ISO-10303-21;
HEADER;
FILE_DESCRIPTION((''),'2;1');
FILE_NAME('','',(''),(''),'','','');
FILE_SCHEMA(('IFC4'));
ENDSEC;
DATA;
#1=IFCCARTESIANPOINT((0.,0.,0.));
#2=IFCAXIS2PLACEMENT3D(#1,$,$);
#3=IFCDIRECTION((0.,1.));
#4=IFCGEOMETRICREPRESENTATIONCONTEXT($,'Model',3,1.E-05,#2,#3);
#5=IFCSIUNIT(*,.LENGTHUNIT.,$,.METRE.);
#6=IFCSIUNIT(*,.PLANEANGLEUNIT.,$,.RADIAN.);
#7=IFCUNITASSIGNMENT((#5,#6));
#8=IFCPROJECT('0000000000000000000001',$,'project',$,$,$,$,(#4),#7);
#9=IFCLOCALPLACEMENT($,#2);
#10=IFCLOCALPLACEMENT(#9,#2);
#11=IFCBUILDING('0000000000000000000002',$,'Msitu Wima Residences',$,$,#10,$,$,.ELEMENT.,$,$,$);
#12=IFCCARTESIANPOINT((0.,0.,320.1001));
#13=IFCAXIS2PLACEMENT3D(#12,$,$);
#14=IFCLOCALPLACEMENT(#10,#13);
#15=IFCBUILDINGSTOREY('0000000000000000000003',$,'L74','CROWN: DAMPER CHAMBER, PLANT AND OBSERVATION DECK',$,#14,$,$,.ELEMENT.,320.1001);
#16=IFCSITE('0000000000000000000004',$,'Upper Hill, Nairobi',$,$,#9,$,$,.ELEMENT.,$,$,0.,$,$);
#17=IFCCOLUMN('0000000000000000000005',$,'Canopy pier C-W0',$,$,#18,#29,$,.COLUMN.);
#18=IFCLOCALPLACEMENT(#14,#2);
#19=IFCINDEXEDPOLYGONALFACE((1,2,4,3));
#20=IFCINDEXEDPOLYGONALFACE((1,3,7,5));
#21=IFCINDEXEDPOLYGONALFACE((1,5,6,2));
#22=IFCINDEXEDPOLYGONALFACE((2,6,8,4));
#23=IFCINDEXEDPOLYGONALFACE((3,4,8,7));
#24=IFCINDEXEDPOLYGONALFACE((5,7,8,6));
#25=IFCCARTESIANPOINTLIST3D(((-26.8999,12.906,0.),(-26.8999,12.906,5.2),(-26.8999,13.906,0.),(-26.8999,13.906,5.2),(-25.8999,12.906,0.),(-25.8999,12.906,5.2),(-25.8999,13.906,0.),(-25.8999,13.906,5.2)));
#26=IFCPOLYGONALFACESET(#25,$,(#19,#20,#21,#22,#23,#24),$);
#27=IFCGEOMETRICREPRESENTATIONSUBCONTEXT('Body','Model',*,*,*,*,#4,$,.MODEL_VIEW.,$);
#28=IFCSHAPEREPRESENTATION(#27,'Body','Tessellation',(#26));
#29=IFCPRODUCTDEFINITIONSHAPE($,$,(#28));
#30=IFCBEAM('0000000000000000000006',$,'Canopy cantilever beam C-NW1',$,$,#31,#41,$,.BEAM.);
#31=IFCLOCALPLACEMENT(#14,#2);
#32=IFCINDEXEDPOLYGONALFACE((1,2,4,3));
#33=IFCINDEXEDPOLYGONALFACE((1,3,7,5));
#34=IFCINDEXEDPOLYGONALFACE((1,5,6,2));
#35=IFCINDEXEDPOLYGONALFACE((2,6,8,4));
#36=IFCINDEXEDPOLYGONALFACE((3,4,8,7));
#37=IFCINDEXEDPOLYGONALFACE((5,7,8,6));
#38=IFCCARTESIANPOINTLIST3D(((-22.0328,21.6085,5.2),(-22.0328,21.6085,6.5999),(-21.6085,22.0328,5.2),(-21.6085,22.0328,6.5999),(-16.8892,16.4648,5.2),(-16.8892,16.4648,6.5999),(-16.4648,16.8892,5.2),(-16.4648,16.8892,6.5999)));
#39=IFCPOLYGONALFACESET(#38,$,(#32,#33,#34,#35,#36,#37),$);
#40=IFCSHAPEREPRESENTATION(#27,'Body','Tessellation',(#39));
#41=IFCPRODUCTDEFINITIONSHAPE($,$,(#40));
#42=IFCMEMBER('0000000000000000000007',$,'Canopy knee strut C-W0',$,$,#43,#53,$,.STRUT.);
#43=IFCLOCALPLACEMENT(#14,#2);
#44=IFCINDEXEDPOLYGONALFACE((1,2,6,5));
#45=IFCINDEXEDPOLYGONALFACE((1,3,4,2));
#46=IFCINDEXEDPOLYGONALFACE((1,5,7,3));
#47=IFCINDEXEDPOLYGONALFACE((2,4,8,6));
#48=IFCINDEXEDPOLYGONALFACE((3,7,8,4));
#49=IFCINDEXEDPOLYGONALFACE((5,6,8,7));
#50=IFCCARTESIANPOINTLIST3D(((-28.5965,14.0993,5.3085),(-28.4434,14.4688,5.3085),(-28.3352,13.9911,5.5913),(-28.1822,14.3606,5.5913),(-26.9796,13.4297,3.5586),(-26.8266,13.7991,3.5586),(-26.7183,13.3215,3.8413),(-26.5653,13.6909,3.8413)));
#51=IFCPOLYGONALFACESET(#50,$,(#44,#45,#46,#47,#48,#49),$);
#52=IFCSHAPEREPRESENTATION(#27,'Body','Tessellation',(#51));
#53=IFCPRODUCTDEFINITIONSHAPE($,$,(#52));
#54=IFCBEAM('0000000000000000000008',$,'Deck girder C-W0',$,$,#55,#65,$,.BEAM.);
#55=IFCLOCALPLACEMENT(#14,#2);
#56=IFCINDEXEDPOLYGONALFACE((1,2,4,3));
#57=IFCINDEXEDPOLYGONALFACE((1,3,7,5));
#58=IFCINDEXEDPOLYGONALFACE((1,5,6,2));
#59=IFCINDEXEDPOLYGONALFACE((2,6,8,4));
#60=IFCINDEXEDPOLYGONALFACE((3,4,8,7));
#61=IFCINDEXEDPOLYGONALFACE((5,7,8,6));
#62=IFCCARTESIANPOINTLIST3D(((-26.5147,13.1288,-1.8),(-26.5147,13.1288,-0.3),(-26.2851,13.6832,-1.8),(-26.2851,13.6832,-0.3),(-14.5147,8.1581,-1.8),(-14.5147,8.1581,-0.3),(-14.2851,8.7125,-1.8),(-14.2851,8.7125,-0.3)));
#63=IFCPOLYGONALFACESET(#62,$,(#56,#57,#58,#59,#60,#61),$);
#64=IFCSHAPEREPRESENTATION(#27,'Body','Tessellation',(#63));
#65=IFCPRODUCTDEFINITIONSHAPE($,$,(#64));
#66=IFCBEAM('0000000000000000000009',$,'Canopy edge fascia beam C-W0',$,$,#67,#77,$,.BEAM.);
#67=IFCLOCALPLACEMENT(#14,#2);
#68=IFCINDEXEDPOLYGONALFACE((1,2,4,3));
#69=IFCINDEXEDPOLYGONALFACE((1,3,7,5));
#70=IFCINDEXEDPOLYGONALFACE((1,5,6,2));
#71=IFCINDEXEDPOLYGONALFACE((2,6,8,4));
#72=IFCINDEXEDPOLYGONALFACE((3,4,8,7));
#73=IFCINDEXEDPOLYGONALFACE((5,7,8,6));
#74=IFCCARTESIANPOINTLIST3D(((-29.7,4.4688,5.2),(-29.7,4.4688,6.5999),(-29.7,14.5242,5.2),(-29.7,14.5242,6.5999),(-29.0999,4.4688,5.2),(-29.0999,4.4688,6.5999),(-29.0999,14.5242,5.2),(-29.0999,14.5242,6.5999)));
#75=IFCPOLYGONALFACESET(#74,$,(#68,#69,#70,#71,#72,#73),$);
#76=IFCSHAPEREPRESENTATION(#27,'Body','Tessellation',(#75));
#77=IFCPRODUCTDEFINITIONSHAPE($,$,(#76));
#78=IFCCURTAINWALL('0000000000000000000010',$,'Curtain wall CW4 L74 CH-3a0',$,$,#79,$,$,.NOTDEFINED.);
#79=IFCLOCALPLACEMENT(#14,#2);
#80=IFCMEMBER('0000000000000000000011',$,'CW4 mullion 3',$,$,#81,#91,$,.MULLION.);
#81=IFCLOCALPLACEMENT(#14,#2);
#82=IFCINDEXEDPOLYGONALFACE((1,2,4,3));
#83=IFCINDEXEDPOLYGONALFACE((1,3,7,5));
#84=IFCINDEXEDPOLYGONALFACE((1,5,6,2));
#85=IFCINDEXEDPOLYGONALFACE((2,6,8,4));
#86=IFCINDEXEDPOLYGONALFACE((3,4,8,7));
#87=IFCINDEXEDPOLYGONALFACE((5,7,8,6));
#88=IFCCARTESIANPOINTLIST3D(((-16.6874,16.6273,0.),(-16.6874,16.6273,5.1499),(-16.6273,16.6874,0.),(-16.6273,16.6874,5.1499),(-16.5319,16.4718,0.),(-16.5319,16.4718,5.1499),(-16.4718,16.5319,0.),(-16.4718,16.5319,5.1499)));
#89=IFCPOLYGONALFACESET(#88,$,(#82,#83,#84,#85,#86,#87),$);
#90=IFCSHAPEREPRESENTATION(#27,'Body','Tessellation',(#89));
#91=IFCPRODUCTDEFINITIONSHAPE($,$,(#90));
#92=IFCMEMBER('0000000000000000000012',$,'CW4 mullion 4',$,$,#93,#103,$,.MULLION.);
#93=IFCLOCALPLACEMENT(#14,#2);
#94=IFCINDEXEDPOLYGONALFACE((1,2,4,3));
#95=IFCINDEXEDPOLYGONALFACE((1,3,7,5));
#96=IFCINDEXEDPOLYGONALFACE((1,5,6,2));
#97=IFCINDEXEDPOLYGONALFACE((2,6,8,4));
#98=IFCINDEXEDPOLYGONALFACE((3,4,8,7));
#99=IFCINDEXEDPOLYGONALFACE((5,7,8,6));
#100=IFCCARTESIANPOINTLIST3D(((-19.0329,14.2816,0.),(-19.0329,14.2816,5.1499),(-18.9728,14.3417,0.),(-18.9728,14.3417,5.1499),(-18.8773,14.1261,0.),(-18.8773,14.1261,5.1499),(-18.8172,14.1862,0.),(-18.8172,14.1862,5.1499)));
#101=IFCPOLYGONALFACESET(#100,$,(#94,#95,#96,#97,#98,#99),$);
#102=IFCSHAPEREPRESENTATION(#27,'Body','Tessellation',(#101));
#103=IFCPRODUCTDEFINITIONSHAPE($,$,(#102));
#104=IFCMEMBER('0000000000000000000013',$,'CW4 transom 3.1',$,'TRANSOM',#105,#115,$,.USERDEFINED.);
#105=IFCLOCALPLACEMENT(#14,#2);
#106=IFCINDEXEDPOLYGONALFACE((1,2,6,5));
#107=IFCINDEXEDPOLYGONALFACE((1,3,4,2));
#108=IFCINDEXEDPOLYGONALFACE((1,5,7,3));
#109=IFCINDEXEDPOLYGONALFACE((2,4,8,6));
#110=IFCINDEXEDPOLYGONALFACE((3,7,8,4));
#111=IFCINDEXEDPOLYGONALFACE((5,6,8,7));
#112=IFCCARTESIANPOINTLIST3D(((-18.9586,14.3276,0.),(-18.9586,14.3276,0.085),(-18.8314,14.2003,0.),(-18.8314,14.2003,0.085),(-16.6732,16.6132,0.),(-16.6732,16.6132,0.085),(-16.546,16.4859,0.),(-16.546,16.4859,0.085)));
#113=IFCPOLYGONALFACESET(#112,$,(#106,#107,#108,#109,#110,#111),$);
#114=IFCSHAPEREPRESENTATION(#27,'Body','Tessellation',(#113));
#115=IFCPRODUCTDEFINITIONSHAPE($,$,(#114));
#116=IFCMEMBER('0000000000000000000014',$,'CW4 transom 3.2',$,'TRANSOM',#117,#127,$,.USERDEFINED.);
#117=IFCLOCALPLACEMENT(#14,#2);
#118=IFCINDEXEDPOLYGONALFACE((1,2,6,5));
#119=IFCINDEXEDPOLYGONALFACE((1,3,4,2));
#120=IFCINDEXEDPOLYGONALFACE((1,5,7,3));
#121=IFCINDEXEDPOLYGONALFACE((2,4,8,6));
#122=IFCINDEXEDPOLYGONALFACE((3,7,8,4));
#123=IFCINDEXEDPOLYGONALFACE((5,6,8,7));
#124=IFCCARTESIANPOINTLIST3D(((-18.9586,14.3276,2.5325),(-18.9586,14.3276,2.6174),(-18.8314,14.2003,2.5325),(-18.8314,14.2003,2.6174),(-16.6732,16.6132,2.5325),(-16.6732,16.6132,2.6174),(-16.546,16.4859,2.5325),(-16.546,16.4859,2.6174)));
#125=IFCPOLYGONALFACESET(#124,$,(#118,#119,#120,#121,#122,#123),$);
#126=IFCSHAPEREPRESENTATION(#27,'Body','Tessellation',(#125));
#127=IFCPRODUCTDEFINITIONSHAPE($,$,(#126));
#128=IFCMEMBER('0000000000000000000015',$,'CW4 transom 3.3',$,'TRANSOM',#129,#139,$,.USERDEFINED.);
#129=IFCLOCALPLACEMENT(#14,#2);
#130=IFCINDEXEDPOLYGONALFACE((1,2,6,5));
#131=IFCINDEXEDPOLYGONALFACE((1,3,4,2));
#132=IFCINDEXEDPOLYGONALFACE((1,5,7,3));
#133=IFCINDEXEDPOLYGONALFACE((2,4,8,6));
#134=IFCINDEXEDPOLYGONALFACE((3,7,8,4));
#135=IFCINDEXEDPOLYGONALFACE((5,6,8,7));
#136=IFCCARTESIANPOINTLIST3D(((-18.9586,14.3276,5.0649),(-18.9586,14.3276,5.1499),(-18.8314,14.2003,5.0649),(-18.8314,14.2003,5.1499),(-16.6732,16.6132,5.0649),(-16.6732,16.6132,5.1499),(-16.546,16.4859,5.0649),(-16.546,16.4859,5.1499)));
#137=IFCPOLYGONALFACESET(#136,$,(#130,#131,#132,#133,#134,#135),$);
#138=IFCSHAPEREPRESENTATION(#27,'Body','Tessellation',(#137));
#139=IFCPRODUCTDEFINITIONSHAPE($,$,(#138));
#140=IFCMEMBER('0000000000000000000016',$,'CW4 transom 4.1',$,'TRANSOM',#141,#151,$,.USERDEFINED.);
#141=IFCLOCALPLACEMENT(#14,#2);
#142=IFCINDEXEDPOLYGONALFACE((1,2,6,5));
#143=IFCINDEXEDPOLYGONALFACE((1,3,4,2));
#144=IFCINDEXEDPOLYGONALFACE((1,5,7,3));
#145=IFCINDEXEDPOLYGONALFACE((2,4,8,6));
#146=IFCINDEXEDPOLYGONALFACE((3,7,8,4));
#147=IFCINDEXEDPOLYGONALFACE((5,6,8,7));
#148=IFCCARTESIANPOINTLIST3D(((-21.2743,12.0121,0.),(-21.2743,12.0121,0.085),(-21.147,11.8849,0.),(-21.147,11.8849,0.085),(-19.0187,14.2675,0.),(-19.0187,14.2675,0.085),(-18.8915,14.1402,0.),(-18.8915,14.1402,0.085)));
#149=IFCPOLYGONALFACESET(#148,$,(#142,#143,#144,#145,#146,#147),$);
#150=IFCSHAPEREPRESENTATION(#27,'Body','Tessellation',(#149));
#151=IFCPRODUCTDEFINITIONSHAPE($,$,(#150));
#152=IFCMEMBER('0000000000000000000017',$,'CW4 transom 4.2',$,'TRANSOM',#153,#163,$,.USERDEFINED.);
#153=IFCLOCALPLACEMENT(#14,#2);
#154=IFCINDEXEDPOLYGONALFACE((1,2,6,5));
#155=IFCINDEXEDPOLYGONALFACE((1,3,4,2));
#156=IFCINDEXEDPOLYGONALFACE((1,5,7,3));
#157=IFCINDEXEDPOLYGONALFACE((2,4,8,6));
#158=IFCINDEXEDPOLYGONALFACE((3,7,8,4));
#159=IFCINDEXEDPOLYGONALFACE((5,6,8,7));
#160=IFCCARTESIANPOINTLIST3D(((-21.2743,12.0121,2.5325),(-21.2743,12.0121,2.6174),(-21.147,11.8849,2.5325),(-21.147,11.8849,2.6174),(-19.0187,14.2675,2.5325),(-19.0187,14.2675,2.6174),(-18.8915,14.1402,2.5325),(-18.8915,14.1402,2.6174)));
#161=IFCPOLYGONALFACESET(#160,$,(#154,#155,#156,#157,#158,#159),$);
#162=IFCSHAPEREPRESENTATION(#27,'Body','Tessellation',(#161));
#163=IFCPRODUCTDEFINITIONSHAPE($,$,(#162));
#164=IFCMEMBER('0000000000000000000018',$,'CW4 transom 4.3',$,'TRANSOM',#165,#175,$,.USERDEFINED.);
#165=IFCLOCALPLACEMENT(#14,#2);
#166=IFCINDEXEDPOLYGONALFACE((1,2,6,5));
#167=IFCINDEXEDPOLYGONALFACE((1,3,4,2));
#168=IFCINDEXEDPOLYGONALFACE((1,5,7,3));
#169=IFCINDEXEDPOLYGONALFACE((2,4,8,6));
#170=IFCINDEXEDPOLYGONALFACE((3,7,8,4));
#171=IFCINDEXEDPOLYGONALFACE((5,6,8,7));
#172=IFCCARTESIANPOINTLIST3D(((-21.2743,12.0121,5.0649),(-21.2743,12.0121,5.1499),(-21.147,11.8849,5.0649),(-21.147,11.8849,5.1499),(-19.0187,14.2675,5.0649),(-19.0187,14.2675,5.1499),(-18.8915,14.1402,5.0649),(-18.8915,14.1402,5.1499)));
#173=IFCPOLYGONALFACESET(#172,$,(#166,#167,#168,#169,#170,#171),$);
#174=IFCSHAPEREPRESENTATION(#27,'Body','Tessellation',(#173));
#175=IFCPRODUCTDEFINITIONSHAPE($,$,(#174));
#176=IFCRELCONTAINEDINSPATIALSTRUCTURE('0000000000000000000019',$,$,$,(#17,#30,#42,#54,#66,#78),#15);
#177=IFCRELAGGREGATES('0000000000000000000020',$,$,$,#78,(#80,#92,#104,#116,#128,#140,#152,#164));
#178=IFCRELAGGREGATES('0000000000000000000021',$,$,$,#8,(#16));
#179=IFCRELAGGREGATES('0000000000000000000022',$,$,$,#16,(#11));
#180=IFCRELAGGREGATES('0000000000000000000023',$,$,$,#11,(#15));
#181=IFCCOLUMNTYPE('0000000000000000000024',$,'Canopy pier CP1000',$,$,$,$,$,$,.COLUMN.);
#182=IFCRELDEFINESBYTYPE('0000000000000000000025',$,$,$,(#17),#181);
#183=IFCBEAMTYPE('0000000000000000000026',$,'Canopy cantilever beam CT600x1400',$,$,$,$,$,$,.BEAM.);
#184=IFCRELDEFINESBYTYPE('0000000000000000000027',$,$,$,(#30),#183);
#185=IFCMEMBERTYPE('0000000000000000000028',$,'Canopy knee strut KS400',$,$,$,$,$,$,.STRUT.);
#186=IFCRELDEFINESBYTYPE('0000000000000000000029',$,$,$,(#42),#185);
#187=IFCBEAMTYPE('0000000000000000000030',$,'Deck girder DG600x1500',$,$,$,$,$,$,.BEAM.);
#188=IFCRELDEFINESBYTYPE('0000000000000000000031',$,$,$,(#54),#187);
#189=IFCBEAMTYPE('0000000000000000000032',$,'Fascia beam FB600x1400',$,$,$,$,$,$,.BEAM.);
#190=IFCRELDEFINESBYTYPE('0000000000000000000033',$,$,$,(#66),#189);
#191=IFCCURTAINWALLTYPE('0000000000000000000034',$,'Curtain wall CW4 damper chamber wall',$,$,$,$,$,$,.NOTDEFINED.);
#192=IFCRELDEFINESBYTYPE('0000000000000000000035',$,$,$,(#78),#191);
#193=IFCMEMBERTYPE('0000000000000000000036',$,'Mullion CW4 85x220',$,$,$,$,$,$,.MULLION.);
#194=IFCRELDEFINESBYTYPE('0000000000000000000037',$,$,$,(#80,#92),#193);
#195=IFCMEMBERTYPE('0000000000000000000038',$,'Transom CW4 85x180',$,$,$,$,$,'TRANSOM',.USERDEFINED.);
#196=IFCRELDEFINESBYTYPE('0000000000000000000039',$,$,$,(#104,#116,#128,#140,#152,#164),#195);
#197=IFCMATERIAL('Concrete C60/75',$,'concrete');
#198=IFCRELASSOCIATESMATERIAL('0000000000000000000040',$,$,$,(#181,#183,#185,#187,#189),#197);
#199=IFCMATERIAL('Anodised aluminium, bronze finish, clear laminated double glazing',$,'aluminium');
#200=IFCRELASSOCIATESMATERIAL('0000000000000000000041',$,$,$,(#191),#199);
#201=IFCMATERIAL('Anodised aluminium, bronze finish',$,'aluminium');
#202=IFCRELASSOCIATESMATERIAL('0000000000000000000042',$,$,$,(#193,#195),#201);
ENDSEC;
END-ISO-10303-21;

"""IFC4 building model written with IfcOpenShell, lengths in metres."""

from ifc_helpers import new_model, si_unit, direction, frame, origin, origin_2d, place, context, subcontext, project, spatial, rectangle, extrude, material, material_profile, profile_set, type_object, element, aggregate, save


model = new_model("IFC4")

# Units and contexts
model_context = context("Model", 3, precision=1e-05, world=origin(), true_north=direction((0.0, 1.0)))
body_context = subcontext(model_context, "Body", "Model", "MODEL_VIEW")
ifc_project = project(units=[si_unit("LENGTHUNIT", "METRE"), si_unit("PLANEANGLEUNIT", "RADIAN")], contexts=[model_context])

# Site, building, storey
site_placement = place(None, origin())
site = spatial("IfcSite", under=ifc_project, at=site_placement, Name="Upper Hill, Nairobi", CompositionType="ELEMENT", RefElevation=0.0)
building_placement = place(site_placement, origin())
building = spatial("IfcBuilding", under=site, at=building_placement, Name="Msitu Wima Residences", CompositionType="ELEMENT")
storey_placement = place(building_placement, frame((0.0, 0.0, 320.1001)))
storey = spatial("IfcBuildingStorey", under=building, at=storey_placement, Name="L74", Description="CROWN: DAMPER CHAMBER, PLANT AND OBSERVATION DECK", CompositionType="ELEMENT", Elevation=320.1001)

# Column
ifc_material_1 = material(Name="Concrete C60/75", Category="concrete")
ifc_material_profile_1 = material_profile(ifc_material_1, rectangle(XDim=1.0, YDim=1.0, at=origin_2d()), Name="RC 1000x1000")
ifc_profile_set_1 = profile_set([ifc_material_profile_1], Name="Concrete C60/75")
column_type = type_object("IfcColumnType", Name="Canopy pier CP1000", PredefinedType="COLUMN", material=ifc_profile_set_1)
column_placement = place(storey_placement, frame((-26.3999, 13.406, 0.0), z_axis=(0.0, 0.0, 1.0), x_axis=(1.0, 0.0, 0.0)))
element("IfcColumn", 1, at=column_placement, inside=storey, type_object=column_type, Name="Canopy pier C-W0", PredefinedType="COLUMN", context=body_context, shape_type="SweptSolid", body=[
    extrude(rectangle(XDim=1.0, YDim=1.0, at=origin_2d()), origin(), (0.0, 0.0, 1.0), 5.2),
])

# Beam
ifc_material_profile_2 = material_profile(ifc_material_1, rectangle(XDim=0.6001, YDim=1.3999, at=origin_2d()), Name="RC 600x1400")
ifc_profile_set_2 = profile_set([ifc_material_profile_2], Name="Concrete C60/75")
beam_type_1 = type_object("IfcBeamType", Name="Canopy cantilever beam CT600x1400", PredefinedType="BEAM", material=ifc_profile_set_2)
beam_1_placement = place(storey_placement, frame((-16.677, 16.677, 5.8999), z_axis=(-0.707107, 0.707107, 0.0), x_axis=(-0.707107, -0.707107, 0.0)))
element("IfcBeam", 2, at=beam_1_placement, inside=storey, type_object=beam_type_1, Name="Canopy cantilever beam C-NW1", PredefinedType="BEAM", context=body_context, shape_type="SweptSolid", body=[
    extrude(rectangle(XDim=0.6001, YDim=1.3999, at=origin_2d()), origin(), (0.0, 0.0, 1.0), 7.2742),
])

# Member
ifc_material_profile_3 = material_profile(ifc_material_1, rectangle(XDim=0.3999, YDim=0.3999, at=origin_2d()), Name="RC 400x400")
ifc_profile_set_3 = profile_set([ifc_material_profile_3], Name="Concrete C60/75")
member_type_1 = type_object("IfcMemberType", Name="Canopy knee strut KS400", PredefinedType="STRUT", material=ifc_profile_set_3)
member_1_placement = place(storey_placement, frame((-26.7725, 13.5603, 3.7), z_axis=(-0.653318, 0.27058, 0.707079), x_axis=(-0.382643, -0.923896, 0.0)))
element("IfcMember", 3, at=member_1_placement, inside=storey, type_object=member_type_1, Name="Canopy knee strut C-W0", PredefinedType="STRUT", context=body_context, shape_type="SweptSolid", body=[
    extrude(rectangle(XDim=0.3999, YDim=0.3999, at=origin_2d()), origin(), (0.0, 0.0, 1.0), 2.4749),
])

# Beams
ifc_material_profile_4 = material_profile(ifc_material_1, rectangle(XDim=0.6001, YDim=1.5, at=origin_2d()), Name="RC 600x1500")
ifc_profile_set_4 = profile_set([ifc_material_profile_4], Name="Concrete C60/75")
beam_type_2 = type_object("IfcBeamType", Name="Deck girder DG600x1500", PredefinedType="BEAM", material=ifc_profile_set_4)
beam_2_placement = place(storey_placement, frame((-26.3999, 13.406, -1.05), z_axis=(0.923876, -0.382693, 0.0), x_axis=(0.382693, 0.923876, 0.0)))
element("IfcBeam", 4, at=beam_2_placement, inside=storey, type_object=beam_type_2, Name="Deck girder C-W0", PredefinedType="BEAM", context=body_context, shape_type="SweptSolid", body=[
    extrude(rectangle(XDim=0.6001, YDim=1.5, at=origin_2d()), origin(), (0.0, 0.0, 1.0), 12.9888),
])
ifc_material_profile_5 = material_profile(ifc_material_1, rectangle(XDim=0.6001, YDim=1.3999, at=origin_2d()), Name="RC 600x1400")
ifc_profile_set_5 = profile_set([ifc_material_profile_5], Name="Concrete C60/75")
beam_type_3 = type_object("IfcBeamType", Name="Fascia beam FB600x1400", PredefinedType="BEAM", material=ifc_profile_set_5)
beam_3_placement = place(storey_placement, frame((-29.3999, 14.5242, 5.8999), z_axis=(0.0, -1.0, 0.0), x_axis=(1.0, 0.0, 0.0)))
element("IfcBeam", 5, at=beam_3_placement, inside=storey, type_object=beam_type_3, Name="Canopy edge fascia beam C-W0", PredefinedType="BEAM", context=body_context, shape_type="SweptSolid", body=[
    extrude(rectangle(XDim=0.6001, YDim=1.3999, at=origin_2d()), origin(), (0.0, 0.0, 1.0), 10.0554),
])

# Curtain wall, members
ifc_material_2 = material(Name="Anodised aluminium, bronze finish, clear laminated double glazing", Category="aluminium")
curtain_wall_type = type_object("IfcCurtainWallType", Name="Curtain wall CW4 damper chamber wall", PredefinedType="NOTDEFINED", material=ifc_material_2)
curtain_wall_placement = place(storey_placement, origin())
curtain_wall = element("IfcCurtainWall", 6, at=curtain_wall_placement, inside=storey, type_object=curtain_wall_type, Name="Curtain wall CW4 L74 CH-3a0", PredefinedType="NOTDEFINED")
ifc_material_3 = material(Name="Anodised aluminium, bronze finish", Category="aluminium")
ifc_material_profile_6 = material_profile(ifc_material_3, rectangle(XDim=0.22, YDim=0.085, at=origin_2d()), Name="Mullion 85x220")
ifc_profile_set_6 = profile_set([ifc_material_profile_6], Name="Anodised aluminium, bronze finish")
member_type_2 = type_object("IfcMemberType", Name="Mullion CW4 85x220", PredefinedType="MULLION", material=ifc_profile_set_6)
member_2_placement = place(storey_placement, frame((-16.5796, 16.5796, 0.0), z_axis=(0.0, 0.0, 1.0), x_axis=(0.707107, -0.707107, 0.0)))
member_2 = element("IfcMember", 7, at=member_2_placement, type_object=member_type_2, Name="CW4 mullion 3", PredefinedType="MULLION", context=body_context, shape_type="SweptSolid", body=[
    extrude(rectangle(XDim=0.22, YDim=0.085, at=origin_2d()), origin(), (0.0, 0.0, 1.0), 5.1499),
])
member_3_placement = place(storey_placement, frame((-18.925, 14.2339, 0.0), z_axis=(0.0, 0.0, 1.0), x_axis=(0.707107, -0.707107, 0.0)))
member_3 = element("IfcMember", 8, at=member_3_placement, type_object=member_type_2, Name="CW4 mullion 4", PredefinedType="MULLION", context=body_context, shape_type="SweptSolid", body=[
    extrude(rectangle(XDim=0.22, YDim=0.085, at=origin_2d()), origin(), (0.0, 0.0, 1.0), 5.1499),
])
ifc_material_profile_7 = material_profile(ifc_material_3, rectangle(XDim=0.1799, YDim=0.085, at=origin_2d()), Name="Transom 85x180")
ifc_profile_set_7 = profile_set([ifc_material_profile_7], Name="Anodised aluminium, bronze finish")
member_type_3 = type_object("IfcMemberType", Name="Transom CW4 85x180", ElementType="TRANSOM", PredefinedType="USERDEFINED", material=ifc_profile_set_7)
member_4_placement = place(storey_placement, frame((-16.6096, 16.5496, 0.0425), z_axis=(-0.707069, -0.707145, 0.0), x_axis=(0.707145, -0.707069, 0.0)))
member_4 = element("IfcMember", 9, at=member_4_placement, type_object=member_type_3, Name="CW4 transom 3.1", ObjectType="TRANSOM", PredefinedType="USERDEFINED", context=body_context, shape_type="SweptSolid", body=[
    extrude(rectangle(XDim=0.1799, YDim=0.085, at=origin_2d()), origin(), (0.0, 0.0, 1.0), 3.2322),
])
member_5_placement = place(storey_placement, frame((-16.6096, 16.5496, 2.575), z_axis=(-0.707069, -0.707145, 0.0), x_axis=(0.707145, -0.707069, 0.0)))
member_5 = element("IfcMember", 10, at=member_5_placement, type_object=member_type_3, Name="CW4 transom 3.2", ObjectType="TRANSOM", PredefinedType="USERDEFINED", context=body_context, shape_type="SweptSolid", body=[
    extrude(rectangle(XDim=0.1799, YDim=0.085, at=origin_2d()), origin(), (0.0, 0.0, 1.0), 3.2322),
])
member_6_placement = place(storey_placement, frame((-16.6096, 16.5496, 5.1074), z_axis=(-0.707069, -0.707145, 0.0), x_axis=(0.707145, -0.707069, 0.0)))
member_6 = element("IfcMember", 11, at=member_6_placement, type_object=member_type_3, Name="CW4 transom 3.3", ObjectType="TRANSOM", PredefinedType="USERDEFINED", context=body_context, shape_type="SweptSolid", body=[
    extrude(rectangle(XDim=0.1799, YDim=0.085, at=origin_2d()), origin(), (0.0, 0.0, 1.0), 3.2322),
])
member_7_placement = place(storey_placement, frame((-18.9551, 14.2039, 0.0425), z_axis=(-0.707145, -0.707069, 0.0), x_axis=(0.707069, -0.707145, 0.0)))
member_7 = element("IfcMember", 12, at=member_7_placement, type_object=member_type_3, Name="CW4 transom 4.1", ObjectType="TRANSOM", PredefinedType="USERDEFINED", context=body_context, shape_type="SweptSolid", body=[
    extrude(rectangle(XDim=0.1799, YDim=0.085, at=origin_2d()), origin(), (0.0, 0.0, 1.0), 3.1897),
])
member_8_placement = place(storey_placement, frame((-18.9551, 14.2039, 2.575), z_axis=(-0.707145, -0.707069, 0.0), x_axis=(0.707069, -0.707145, 0.0)))
member_8 = element("IfcMember", 13, at=member_8_placement, type_object=member_type_3, Name="CW4 transom 4.2", ObjectType="TRANSOM", PredefinedType="USERDEFINED", context=body_context, shape_type="SweptSolid", body=[
    extrude(rectangle(XDim=0.1799, YDim=0.085, at=origin_2d()), origin(), (0.0, 0.0, 1.0), 3.1897),
])
member_9_placement = place(storey_placement, frame((-18.9551, 14.2039, 5.1074), z_axis=(-0.707145, -0.707069, 0.0), x_axis=(0.707069, -0.707145, 0.0)))
member_9 = element("IfcMember", 14, at=member_9_placement, type_object=member_type_3, Name="CW4 transom 4.3", ObjectType="TRANSOM", PredefinedType="USERDEFINED", context=body_context, shape_type="SweptSolid", body=[
    extrude(rectangle(XDim=0.1799, YDim=0.085, at=origin_2d()), origin(), (0.0, 0.0, 1.0), 3.1897),
])
aggregate(curtain_wall, [member_2, member_3, member_4, member_5, member_6, member_7, member_8, member_9])

save(model, "model.ifc")
